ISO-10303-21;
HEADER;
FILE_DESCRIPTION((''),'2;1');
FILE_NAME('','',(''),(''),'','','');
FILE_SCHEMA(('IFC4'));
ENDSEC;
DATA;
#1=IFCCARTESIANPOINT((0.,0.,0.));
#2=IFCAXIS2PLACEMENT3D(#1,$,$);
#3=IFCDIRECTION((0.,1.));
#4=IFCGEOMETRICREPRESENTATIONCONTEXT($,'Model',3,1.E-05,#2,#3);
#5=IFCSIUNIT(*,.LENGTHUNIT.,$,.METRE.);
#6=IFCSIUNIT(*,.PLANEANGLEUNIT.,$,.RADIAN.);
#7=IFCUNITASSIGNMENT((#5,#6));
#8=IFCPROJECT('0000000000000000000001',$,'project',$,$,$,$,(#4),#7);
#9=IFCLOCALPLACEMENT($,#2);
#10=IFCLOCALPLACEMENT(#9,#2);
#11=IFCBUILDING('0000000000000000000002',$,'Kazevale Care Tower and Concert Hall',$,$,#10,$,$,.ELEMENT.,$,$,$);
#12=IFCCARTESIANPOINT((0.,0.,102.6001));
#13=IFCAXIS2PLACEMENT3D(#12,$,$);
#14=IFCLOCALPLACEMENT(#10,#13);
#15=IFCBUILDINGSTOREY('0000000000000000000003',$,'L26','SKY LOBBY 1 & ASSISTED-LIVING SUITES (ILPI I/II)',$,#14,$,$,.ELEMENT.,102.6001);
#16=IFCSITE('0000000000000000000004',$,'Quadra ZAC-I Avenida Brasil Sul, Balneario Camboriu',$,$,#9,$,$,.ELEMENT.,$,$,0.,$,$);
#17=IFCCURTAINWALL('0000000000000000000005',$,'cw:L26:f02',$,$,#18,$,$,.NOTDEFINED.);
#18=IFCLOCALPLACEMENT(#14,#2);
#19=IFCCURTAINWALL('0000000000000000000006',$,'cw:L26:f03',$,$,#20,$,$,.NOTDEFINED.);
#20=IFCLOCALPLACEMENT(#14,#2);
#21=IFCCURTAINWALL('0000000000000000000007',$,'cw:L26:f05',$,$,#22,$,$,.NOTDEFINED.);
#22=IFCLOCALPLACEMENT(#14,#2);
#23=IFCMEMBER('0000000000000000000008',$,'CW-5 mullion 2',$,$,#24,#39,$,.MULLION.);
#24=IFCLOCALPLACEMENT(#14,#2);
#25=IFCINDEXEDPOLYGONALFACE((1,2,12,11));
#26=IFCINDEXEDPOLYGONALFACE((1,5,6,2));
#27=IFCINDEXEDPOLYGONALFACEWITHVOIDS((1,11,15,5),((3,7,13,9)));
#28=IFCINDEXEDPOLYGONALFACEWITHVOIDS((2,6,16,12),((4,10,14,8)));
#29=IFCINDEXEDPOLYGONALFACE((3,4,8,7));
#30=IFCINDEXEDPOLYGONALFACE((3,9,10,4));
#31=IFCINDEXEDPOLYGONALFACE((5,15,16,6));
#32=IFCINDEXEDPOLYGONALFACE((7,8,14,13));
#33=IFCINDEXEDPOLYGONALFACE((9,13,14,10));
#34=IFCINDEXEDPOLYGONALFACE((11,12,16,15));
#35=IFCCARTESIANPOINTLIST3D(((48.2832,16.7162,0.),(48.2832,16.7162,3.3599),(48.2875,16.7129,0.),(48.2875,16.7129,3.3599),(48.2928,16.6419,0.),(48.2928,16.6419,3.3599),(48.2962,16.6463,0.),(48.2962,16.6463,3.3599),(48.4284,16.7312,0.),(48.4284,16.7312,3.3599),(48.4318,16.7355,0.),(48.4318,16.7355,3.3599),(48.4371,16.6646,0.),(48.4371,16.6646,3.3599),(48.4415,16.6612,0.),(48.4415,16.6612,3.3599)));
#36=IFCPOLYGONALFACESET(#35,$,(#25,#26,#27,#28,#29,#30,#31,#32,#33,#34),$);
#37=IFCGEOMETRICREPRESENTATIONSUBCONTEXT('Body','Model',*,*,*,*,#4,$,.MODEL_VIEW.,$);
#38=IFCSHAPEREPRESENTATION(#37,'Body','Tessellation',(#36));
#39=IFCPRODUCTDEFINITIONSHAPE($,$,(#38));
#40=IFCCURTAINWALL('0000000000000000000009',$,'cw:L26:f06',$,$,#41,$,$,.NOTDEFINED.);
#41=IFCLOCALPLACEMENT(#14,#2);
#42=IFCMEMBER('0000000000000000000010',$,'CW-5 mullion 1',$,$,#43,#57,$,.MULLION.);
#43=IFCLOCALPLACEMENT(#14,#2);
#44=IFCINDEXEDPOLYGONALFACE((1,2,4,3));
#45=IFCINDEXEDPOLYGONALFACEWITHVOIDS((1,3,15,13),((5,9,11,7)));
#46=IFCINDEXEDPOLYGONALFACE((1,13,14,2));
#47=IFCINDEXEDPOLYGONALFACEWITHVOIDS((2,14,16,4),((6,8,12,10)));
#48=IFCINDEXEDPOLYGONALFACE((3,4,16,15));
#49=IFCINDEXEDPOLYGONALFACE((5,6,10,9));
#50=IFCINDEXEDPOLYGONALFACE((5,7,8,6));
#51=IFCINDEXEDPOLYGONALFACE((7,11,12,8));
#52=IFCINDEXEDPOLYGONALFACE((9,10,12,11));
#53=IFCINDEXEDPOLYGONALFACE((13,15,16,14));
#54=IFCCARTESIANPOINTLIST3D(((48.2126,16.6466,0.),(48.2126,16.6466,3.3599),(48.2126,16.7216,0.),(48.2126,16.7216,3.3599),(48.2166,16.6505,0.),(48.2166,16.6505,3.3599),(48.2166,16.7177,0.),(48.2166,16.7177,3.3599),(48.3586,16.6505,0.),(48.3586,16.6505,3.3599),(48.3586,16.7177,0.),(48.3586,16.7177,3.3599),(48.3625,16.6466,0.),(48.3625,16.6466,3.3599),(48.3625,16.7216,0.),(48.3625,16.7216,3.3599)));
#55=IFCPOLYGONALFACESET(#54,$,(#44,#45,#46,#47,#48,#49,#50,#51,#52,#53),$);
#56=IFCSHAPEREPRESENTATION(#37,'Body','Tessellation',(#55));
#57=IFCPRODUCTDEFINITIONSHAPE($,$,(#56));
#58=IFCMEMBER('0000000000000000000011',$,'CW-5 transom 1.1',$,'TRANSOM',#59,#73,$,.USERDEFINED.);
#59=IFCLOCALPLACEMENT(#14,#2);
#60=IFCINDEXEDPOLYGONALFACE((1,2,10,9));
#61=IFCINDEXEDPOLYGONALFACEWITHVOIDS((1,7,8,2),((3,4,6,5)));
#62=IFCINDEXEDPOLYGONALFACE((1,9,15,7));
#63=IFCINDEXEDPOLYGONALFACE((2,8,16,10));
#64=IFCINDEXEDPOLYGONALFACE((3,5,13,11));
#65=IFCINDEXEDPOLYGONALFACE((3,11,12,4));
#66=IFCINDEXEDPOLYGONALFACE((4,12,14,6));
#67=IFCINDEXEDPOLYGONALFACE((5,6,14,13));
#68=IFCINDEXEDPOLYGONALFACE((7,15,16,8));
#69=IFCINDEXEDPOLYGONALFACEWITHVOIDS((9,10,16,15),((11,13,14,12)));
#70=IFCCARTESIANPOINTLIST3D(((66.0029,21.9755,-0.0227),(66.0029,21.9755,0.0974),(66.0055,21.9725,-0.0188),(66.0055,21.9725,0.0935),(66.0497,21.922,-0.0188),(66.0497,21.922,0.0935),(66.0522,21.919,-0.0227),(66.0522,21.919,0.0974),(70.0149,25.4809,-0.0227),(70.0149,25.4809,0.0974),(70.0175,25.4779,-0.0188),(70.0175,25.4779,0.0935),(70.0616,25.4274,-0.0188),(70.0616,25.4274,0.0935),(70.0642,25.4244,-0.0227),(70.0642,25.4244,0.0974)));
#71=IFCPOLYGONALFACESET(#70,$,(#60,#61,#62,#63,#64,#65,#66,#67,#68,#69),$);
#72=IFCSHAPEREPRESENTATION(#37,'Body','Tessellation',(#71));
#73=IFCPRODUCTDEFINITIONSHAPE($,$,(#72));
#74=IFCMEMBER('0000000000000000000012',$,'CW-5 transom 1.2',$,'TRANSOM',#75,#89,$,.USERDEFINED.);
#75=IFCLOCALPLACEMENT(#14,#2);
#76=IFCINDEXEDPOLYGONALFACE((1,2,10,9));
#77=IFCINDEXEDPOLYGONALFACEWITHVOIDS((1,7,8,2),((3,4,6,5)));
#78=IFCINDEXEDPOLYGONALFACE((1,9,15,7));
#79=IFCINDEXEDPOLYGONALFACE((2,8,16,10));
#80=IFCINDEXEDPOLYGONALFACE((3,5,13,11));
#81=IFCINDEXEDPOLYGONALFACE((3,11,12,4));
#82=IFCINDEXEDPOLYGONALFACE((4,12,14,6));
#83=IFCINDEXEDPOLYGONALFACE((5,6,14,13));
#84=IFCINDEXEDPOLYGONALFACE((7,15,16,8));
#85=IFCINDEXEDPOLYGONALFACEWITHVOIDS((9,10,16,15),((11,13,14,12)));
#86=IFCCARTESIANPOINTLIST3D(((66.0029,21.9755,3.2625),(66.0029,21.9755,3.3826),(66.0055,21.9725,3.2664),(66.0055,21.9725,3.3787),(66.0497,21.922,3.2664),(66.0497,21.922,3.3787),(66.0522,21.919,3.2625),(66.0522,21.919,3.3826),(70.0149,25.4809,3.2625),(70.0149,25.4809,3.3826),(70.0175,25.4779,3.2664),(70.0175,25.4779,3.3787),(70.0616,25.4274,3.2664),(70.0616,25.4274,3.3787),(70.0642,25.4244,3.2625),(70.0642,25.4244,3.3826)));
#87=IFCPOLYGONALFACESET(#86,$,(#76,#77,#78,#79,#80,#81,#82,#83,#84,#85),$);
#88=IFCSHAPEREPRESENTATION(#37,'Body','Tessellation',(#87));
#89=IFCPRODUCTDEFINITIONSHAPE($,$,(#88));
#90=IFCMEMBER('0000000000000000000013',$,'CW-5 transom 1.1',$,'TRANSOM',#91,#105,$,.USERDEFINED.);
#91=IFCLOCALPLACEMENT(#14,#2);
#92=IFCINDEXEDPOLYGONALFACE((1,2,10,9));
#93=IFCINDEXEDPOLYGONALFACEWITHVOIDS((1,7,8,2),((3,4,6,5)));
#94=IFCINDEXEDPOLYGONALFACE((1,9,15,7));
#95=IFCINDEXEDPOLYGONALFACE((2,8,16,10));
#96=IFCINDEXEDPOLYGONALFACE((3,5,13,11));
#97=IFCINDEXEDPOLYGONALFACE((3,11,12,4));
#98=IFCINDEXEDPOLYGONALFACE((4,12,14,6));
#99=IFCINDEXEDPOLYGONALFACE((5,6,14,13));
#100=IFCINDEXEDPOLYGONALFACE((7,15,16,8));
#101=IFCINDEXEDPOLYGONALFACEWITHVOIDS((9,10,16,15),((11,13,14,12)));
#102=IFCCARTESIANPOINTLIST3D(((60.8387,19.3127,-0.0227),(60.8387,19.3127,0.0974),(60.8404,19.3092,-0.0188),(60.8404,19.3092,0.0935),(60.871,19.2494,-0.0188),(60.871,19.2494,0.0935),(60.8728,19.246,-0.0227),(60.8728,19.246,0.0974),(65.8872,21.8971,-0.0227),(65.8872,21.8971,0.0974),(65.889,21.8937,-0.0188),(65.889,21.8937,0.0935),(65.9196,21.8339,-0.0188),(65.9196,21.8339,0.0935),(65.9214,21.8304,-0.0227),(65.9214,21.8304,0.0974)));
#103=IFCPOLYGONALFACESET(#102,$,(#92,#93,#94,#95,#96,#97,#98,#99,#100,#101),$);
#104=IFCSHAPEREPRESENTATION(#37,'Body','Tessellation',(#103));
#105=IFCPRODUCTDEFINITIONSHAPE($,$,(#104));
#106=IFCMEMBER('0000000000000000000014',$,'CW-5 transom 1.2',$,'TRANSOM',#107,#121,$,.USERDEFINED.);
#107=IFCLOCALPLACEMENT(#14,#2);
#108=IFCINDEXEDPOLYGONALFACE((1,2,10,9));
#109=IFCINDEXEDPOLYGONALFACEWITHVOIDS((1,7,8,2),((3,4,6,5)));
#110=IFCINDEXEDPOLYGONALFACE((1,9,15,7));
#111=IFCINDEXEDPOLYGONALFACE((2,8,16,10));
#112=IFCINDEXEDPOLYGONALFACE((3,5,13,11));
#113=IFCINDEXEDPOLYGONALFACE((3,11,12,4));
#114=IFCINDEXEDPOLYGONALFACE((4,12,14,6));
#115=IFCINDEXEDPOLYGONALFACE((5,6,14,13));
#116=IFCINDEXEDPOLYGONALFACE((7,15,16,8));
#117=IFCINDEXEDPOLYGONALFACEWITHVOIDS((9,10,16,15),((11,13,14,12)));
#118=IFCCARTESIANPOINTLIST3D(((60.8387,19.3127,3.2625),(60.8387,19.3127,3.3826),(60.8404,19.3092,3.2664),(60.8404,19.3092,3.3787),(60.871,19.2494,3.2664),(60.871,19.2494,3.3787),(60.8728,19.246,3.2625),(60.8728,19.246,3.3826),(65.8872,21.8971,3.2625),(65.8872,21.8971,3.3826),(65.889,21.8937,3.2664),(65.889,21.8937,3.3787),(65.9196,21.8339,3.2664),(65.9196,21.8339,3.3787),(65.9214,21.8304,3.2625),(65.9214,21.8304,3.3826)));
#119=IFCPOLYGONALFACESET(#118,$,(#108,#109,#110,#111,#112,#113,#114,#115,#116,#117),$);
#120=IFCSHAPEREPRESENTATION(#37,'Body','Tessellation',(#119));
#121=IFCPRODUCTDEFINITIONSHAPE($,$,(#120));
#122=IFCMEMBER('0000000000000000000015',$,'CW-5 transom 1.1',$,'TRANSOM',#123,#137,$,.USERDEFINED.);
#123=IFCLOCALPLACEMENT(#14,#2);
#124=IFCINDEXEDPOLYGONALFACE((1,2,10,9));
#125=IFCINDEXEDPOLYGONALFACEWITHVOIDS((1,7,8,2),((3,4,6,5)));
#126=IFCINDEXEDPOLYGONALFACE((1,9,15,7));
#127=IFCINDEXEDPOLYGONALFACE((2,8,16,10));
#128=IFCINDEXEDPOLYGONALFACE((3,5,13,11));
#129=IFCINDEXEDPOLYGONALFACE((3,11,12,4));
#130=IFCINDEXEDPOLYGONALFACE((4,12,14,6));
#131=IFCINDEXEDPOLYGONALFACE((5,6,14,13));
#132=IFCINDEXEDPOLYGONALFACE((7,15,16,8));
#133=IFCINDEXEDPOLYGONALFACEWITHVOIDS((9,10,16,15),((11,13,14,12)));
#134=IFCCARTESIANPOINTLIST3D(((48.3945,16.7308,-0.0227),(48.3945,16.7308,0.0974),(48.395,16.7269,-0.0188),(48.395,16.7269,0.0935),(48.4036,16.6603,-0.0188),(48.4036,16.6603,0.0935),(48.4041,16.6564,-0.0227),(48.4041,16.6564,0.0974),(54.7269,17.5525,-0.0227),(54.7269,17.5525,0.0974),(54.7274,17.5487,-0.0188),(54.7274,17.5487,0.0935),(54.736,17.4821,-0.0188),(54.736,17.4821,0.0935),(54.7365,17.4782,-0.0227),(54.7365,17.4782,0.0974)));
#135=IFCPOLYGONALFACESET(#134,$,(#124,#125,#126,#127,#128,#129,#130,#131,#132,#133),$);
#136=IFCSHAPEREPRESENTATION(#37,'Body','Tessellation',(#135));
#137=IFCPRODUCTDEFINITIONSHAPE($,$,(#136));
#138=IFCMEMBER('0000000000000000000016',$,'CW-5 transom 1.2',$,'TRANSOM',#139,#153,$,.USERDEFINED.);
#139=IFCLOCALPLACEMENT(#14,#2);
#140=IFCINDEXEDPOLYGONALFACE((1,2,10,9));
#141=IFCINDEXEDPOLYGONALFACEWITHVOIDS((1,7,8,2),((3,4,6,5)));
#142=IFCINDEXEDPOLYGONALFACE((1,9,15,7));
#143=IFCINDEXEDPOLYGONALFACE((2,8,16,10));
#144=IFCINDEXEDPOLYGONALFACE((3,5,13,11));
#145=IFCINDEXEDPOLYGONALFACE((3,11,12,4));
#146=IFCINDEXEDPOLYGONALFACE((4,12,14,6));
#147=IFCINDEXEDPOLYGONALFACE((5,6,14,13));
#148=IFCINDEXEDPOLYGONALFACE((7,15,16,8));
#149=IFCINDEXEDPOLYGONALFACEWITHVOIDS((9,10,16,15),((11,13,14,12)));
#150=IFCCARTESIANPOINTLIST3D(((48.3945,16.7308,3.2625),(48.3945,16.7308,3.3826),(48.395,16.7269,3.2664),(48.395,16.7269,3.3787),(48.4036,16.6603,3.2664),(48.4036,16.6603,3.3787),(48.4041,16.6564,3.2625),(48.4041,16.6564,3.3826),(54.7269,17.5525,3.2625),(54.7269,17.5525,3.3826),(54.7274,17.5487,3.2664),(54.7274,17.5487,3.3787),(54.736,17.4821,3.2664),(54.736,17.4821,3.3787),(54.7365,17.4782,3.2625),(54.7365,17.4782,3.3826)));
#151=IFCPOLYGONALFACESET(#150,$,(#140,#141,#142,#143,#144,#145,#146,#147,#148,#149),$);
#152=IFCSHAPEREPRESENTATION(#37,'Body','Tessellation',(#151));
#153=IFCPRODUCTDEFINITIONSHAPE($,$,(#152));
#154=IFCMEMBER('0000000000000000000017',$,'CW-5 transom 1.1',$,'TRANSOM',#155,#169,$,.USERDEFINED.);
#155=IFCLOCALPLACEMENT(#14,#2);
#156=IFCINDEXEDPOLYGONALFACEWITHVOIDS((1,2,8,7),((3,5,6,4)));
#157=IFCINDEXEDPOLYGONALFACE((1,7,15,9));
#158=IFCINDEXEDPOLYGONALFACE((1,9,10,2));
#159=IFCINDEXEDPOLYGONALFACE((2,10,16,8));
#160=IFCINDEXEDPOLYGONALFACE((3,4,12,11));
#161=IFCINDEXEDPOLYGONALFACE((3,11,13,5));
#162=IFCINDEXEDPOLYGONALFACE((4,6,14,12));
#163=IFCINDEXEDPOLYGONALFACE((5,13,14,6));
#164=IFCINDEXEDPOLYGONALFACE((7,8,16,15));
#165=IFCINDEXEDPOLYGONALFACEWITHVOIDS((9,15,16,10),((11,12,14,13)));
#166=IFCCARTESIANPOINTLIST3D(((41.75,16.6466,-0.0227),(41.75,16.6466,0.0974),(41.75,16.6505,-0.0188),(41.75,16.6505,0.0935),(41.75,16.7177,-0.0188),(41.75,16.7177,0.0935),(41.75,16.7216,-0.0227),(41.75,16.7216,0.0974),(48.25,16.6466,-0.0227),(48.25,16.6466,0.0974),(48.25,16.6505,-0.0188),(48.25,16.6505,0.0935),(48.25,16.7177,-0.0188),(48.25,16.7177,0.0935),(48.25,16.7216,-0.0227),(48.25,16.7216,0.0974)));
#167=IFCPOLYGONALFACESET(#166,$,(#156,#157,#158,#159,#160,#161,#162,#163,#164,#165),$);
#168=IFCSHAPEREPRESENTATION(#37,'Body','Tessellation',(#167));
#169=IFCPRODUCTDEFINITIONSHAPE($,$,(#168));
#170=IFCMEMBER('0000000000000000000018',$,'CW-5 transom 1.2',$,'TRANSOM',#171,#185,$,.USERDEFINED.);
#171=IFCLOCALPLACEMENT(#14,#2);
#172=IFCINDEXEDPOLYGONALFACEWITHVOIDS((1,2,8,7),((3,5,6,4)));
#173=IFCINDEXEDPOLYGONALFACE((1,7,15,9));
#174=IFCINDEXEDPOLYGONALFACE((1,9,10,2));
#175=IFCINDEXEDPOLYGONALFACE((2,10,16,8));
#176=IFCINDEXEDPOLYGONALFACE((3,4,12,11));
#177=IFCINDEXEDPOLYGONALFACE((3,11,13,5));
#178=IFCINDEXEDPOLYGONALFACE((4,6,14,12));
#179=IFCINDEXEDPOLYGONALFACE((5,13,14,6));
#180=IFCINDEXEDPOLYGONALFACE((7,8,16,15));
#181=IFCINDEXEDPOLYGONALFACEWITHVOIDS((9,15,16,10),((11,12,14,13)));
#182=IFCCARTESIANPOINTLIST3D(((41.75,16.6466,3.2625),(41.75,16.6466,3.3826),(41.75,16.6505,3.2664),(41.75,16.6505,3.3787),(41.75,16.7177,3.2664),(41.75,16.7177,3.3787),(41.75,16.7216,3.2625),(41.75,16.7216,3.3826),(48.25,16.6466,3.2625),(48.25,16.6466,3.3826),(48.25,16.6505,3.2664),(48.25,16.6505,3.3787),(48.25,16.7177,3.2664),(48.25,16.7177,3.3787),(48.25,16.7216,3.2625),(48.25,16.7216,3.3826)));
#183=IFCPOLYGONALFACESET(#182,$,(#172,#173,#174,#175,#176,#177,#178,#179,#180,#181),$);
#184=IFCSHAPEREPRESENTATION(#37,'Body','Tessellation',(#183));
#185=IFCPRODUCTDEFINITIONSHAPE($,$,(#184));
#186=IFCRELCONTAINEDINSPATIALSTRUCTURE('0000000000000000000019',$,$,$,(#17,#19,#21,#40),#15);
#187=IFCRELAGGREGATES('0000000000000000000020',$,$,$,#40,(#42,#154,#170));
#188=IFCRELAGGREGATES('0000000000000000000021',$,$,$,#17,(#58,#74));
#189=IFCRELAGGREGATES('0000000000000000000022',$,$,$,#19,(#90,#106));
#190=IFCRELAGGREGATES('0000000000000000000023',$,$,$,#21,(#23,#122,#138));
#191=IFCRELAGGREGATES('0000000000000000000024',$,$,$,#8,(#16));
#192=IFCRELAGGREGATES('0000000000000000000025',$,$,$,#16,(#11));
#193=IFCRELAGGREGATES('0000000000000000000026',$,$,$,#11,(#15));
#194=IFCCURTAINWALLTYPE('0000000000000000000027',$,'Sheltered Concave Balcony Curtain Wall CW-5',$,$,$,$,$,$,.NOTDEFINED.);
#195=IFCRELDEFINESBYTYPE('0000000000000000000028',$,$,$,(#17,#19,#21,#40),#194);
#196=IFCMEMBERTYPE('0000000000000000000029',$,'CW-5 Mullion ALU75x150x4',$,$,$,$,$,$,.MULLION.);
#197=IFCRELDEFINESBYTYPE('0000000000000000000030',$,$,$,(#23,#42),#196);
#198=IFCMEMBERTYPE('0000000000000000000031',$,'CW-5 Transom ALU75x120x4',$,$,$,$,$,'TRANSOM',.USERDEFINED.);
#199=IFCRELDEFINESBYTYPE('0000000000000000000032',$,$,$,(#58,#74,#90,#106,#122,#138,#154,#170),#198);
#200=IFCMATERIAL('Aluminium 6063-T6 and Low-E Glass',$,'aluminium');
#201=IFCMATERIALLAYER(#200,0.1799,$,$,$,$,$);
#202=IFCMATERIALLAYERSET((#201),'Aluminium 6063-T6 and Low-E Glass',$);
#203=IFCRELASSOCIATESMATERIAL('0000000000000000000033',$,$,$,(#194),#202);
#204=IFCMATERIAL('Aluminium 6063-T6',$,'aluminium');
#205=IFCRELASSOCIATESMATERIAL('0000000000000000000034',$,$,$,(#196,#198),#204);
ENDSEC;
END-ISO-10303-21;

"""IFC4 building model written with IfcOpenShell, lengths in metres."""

from ifc_helpers import new_model, si_unit, direction, frame, origin, origin_2d, place, context, subcontext, project, spatial, hollow_rectangle, extrude, material, layer, layer_set, material_profile, profile_set, type_object, element, aggregate, save


model = new_model("IFC4")

# Units and contexts
model_context = context("Model", 3, precision=1e-05, world=origin(), true_north=direction((0.0, 1.0)))
body_context = subcontext(model_context, "Body", "Model", "MODEL_VIEW")
ifc_project = project(units=[si_unit("LENGTHUNIT", "METRE"), si_unit("PLANEANGLEUNIT", "RADIAN")], contexts=[model_context])

# Site, building, storey
site_placement = place(None, origin())
site = spatial("IfcSite", under=ifc_project, at=site_placement, Name="Quadra ZAC-I Avenida Brasil Sul, Balneario Camboriu", CompositionType="ELEMENT", RefElevation=0.0)
building_placement = place(site_placement, origin())
building = spatial("IfcBuilding", under=site, at=building_placement, Name="Kazevale Care Tower and Concert Hall", CompositionType="ELEMENT")
storey_placement = place(building_placement, frame((0.0, 0.0, 102.6001)))
storey = spatial("IfcBuildingStorey", under=building, at=storey_placement, Name="L26", Description="SKY LOBBY 1 & ASSISTED-LIVING SUITES (ILPI I/II)", CompositionType="ELEMENT", Elevation=102.6001)

# Curtain walls, member
ifc_material_1 = material(Name="Aluminium 6063-T6 and Low-E Glass", Category="aluminium")
ifc_layer_1 = layer(ifc_material_1, 0.1799)
ifc_layer_set_1 = layer_set([ifc_layer_1], Name="Aluminium 6063-T6 and Low-E Glass")
curtain_wall_type = type_object("IfcCurtainWallType", Name="Sheltered Concave Balcony Curtain Wall CW-5", PredefinedType="NOTDEFINED", material=ifc_layer_set_1)
curtain_wall_1_placement = place(storey_placement, origin())
curtain_wall_1 = element("IfcCurtainWall", 1, at=curtain_wall_1_placement, inside=storey, type_object=curtain_wall_type, Name="cw:L26:f02", PredefinedType="NOTDEFINED")
ifc_material_2 = material(Name="Aluminium 6063-T6", Category="aluminium")
ifc_material_profile_1 = material_profile(ifc_material_2, hollow_rectangle(XDim=0.075, YDim=0.1499, WallThickness=0.0039, at=origin_2d()), Name="ALU75x150x4")
ifc_profile_set_1 = profile_set([ifc_material_profile_1], Name="Aluminium 6063-T6")
member_type_1 = type_object("IfcMemberType", Name="CW-5 Mullion ALU75x150x4", PredefinedType="MULLION", material=ifc_profile_set_1)
curtain_wall_2_placement = place(storey_placement, origin())
curtain_wall_2 = element("IfcCurtainWall", 2, at=curtain_wall_2_placement, inside=storey, type_object=curtain_wall_type, Name="cw:L26:f03", PredefinedType="NOTDEFINED")
curtain_wall_3_placement = place(storey_placement, origin())
curtain_wall_3 = element("IfcCurtainWall", 3, at=curtain_wall_3_placement, inside=storey, type_object=curtain_wall_type, Name="cw:L26:f05", PredefinedType="NOTDEFINED")
member_1_placement = place(storey_placement, frame((48.3623, 16.6887, 0.0), z_axis=(0.0, 0.0, 1.0), x_axis=(0.128685, -0.991686, 0.0)))
member_1 = element("IfcMember", 4, at=member_1_placement, type_object=member_type_1, Name="CW-5 mullion 2", PredefinedType="MULLION", context=body_context, shape_type="SweptSolid", body=[
    extrude(hollow_rectangle(XDim=0.075, YDim=0.1499, WallThickness=0.0039, at=origin_2d()), origin(), (0.0, 0.0, 1.0), 3.3599),
])

# Curtain wall, member
curtain_wall_4_placement = place(storey_placement, origin())
curtain_wall_4 = element("IfcCurtainWall", 5, at=curtain_wall_4_placement, inside=storey, type_object=curtain_wall_type, Name="cw:L26:f06", PredefinedType="NOTDEFINED")
member_2_placement = place(storey_placement, frame((48.2876, 16.6841, 0.0), z_axis=(0.0, 0.0, 1.0), x_axis=(0.0, -1.0, 0.0)))
member_2 = element("IfcMember", 6, at=member_2_placement, type_object=member_type_1, Name="CW-5 mullion 1", PredefinedType="MULLION", context=body_context, shape_type="SweptSolid", body=[
    extrude(hollow_rectangle(XDim=0.075, YDim=0.1499, WallThickness=0.0039, at=origin_2d()), origin(), (0.0, 0.0, 1.0), 3.3599),
])

# Members
ifc_material_profile_2 = material_profile(ifc_material_2, hollow_rectangle(XDim=0.075, YDim=0.1201, WallThickness=0.0039, at=origin_2d()), Name="ALU75x120x4")
ifc_profile_set_2 = profile_set([ifc_material_profile_2], Name="Aluminium 6063-T6")
member_type_2 = type_object("IfcMemberType", Name="CW-5 Transom ALU75x120x4", ElementType="TRANSOM", PredefinedType="USERDEFINED", material=ifc_profile_set_2)
member_3_placement = place(storey_placement, frame((70.0396, 25.4526, 0.0374), z_axis=(-0.753051, -0.657963, 0.0), x_axis=(0.657963, -0.753051, 0.0)))
member_3 = element("IfcMember", 7, at=member_3_placement, type_object=member_type_2, Name="CW-5 transom 1.1", ObjectType="TRANSOM", PredefinedType="USERDEFINED", context=body_context, shape_type="SweptSolid", body=[
    extrude(hollow_rectangle(XDim=0.075, YDim=0.1201, WallThickness=0.0039, at=origin_2d()), origin(), (0.0, 0.0, 1.0), 5.3276),
])
member_4_placement = place(storey_placement, frame((70.0396, 25.4526, 3.3225), z_axis=(-0.753051, -0.657963, 0.0), x_axis=(0.657963, -0.753051, 0.0)))
member_4 = element("IfcMember", 8, at=member_4_placement, type_object=member_type_2, Name="CW-5 transom 1.2", ObjectType="TRANSOM", PredefinedType="USERDEFINED", context=body_context, shape_type="SweptSolid", body=[
    extrude(hollow_rectangle(XDim=0.075, YDim=0.1201, WallThickness=0.0039, at=origin_2d()), origin(), (0.0, 0.0, 1.0), 5.3276),
])
member_5_placement = place(storey_placement, frame((65.9043, 21.8638, 0.0374), z_axis=(-0.890143, -0.455682, 0.0), x_axis=(0.455682, -0.890143, 0.0)))
member_5 = element("IfcMember", 9, at=member_5_placement, type_object=member_type_2, Name="CW-5 transom 1.1", ObjectType="TRANSOM", PredefinedType="USERDEFINED", context=body_context, shape_type="SweptSolid", body=[
    extrude(hollow_rectangle(XDim=0.075, YDim=0.1201, WallThickness=0.0039, at=origin_2d()), origin(), (0.0, 0.0, 1.0), 5.6716),
])
member_6_placement = place(storey_placement, frame((65.9043, 21.8638, 3.3225), z_axis=(-0.890143, -0.455682, 0.0), x_axis=(0.455682, -0.890143, 0.0)))
member_6 = element("IfcMember", 10, at=member_6_placement, type_object=member_type_2, Name="CW-5 transom 1.2", ObjectType="TRANSOM", PredefinedType="USERDEFINED", context=body_context, shape_type="SweptSolid", body=[
    extrude(hollow_rectangle(XDim=0.075, YDim=0.1201, WallThickness=0.0039, at=origin_2d()), origin(), (0.0, 0.0, 1.0), 5.6716),
])
member_7_placement = place(storey_placement, frame((54.7317, 17.5154, 0.0374), z_axis=(-0.991684, -0.128697, 0.0), x_axis=(0.128697, -0.991684, 0.0)))
member_7 = element("IfcMember", 11, at=member_7_placement, type_object=member_type_2, Name="CW-5 transom 1.1", ObjectType="TRANSOM", PredefinedType="USERDEFINED", context=body_context, shape_type="SweptSolid", body=[
    extrude(hollow_rectangle(XDim=0.075, YDim=0.1201, WallThickness=0.0039, at=origin_2d()), origin(), (0.0, 0.0, 1.0), 6.3855),
])
member_8_placement = place(storey_placement, frame((54.7317, 17.5154, 3.3225), z_axis=(-0.991684, -0.128697, 0.0), x_axis=(0.128697, -0.991684, 0.0)))
member_8 = element("IfcMember", 12, at=member_8_placement, type_object=member_type_2, Name="CW-5 transom 1.2", ObjectType="TRANSOM", PredefinedType="USERDEFINED", context=body_context, shape_type="SweptSolid", body=[
    extrude(hollow_rectangle(XDim=0.075, YDim=0.1201, WallThickness=0.0039, at=origin_2d()), origin(), (0.0, 0.0, 1.0), 6.3855),
])
member_9_placement = place(storey_placement, frame((48.25, 16.6841, 0.0374), z_axis=(-1.0, 0.0, 0.0), x_axis=(0.0, -1.0, 0.0)))
member_9 = element("IfcMember", 13, at=member_9_placement, type_object=member_type_2, Name="CW-5 transom 1.1", ObjectType="TRANSOM", PredefinedType="USERDEFINED", context=body_context, shape_type="SweptSolid", body=[
    extrude(hollow_rectangle(XDim=0.075, YDim=0.1201, WallThickness=0.0039, at=origin_2d()), origin(), (0.0, 0.0, 1.0), 6.5),
])
member_10_placement = place(storey_placement, frame((48.25, 16.6841, 3.3225), z_axis=(-1.0, 0.0, 0.0), x_axis=(0.0, -1.0, 0.0)))
member_10 = element("IfcMember", 14, at=member_10_placement, type_object=member_type_2, Name="CW-5 transom 1.2", ObjectType="TRANSOM", PredefinedType="USERDEFINED", context=body_context, shape_type="SweptSolid", body=[
    extrude(hollow_rectangle(XDim=0.075, YDim=0.1201, WallThickness=0.0039, at=origin_2d()), origin(), (0.0, 0.0, 1.0), 6.5),
])
aggregate(curtain_wall_4, [member_2, member_9, member_10])

aggregate(curtain_wall_1, [member_3, member_4])
aggregate(curtain_wall_2, [member_5, member_6])
aggregate(curtain_wall_3, [member_1, member_7, member_8])

save(model, "model.ifc")
